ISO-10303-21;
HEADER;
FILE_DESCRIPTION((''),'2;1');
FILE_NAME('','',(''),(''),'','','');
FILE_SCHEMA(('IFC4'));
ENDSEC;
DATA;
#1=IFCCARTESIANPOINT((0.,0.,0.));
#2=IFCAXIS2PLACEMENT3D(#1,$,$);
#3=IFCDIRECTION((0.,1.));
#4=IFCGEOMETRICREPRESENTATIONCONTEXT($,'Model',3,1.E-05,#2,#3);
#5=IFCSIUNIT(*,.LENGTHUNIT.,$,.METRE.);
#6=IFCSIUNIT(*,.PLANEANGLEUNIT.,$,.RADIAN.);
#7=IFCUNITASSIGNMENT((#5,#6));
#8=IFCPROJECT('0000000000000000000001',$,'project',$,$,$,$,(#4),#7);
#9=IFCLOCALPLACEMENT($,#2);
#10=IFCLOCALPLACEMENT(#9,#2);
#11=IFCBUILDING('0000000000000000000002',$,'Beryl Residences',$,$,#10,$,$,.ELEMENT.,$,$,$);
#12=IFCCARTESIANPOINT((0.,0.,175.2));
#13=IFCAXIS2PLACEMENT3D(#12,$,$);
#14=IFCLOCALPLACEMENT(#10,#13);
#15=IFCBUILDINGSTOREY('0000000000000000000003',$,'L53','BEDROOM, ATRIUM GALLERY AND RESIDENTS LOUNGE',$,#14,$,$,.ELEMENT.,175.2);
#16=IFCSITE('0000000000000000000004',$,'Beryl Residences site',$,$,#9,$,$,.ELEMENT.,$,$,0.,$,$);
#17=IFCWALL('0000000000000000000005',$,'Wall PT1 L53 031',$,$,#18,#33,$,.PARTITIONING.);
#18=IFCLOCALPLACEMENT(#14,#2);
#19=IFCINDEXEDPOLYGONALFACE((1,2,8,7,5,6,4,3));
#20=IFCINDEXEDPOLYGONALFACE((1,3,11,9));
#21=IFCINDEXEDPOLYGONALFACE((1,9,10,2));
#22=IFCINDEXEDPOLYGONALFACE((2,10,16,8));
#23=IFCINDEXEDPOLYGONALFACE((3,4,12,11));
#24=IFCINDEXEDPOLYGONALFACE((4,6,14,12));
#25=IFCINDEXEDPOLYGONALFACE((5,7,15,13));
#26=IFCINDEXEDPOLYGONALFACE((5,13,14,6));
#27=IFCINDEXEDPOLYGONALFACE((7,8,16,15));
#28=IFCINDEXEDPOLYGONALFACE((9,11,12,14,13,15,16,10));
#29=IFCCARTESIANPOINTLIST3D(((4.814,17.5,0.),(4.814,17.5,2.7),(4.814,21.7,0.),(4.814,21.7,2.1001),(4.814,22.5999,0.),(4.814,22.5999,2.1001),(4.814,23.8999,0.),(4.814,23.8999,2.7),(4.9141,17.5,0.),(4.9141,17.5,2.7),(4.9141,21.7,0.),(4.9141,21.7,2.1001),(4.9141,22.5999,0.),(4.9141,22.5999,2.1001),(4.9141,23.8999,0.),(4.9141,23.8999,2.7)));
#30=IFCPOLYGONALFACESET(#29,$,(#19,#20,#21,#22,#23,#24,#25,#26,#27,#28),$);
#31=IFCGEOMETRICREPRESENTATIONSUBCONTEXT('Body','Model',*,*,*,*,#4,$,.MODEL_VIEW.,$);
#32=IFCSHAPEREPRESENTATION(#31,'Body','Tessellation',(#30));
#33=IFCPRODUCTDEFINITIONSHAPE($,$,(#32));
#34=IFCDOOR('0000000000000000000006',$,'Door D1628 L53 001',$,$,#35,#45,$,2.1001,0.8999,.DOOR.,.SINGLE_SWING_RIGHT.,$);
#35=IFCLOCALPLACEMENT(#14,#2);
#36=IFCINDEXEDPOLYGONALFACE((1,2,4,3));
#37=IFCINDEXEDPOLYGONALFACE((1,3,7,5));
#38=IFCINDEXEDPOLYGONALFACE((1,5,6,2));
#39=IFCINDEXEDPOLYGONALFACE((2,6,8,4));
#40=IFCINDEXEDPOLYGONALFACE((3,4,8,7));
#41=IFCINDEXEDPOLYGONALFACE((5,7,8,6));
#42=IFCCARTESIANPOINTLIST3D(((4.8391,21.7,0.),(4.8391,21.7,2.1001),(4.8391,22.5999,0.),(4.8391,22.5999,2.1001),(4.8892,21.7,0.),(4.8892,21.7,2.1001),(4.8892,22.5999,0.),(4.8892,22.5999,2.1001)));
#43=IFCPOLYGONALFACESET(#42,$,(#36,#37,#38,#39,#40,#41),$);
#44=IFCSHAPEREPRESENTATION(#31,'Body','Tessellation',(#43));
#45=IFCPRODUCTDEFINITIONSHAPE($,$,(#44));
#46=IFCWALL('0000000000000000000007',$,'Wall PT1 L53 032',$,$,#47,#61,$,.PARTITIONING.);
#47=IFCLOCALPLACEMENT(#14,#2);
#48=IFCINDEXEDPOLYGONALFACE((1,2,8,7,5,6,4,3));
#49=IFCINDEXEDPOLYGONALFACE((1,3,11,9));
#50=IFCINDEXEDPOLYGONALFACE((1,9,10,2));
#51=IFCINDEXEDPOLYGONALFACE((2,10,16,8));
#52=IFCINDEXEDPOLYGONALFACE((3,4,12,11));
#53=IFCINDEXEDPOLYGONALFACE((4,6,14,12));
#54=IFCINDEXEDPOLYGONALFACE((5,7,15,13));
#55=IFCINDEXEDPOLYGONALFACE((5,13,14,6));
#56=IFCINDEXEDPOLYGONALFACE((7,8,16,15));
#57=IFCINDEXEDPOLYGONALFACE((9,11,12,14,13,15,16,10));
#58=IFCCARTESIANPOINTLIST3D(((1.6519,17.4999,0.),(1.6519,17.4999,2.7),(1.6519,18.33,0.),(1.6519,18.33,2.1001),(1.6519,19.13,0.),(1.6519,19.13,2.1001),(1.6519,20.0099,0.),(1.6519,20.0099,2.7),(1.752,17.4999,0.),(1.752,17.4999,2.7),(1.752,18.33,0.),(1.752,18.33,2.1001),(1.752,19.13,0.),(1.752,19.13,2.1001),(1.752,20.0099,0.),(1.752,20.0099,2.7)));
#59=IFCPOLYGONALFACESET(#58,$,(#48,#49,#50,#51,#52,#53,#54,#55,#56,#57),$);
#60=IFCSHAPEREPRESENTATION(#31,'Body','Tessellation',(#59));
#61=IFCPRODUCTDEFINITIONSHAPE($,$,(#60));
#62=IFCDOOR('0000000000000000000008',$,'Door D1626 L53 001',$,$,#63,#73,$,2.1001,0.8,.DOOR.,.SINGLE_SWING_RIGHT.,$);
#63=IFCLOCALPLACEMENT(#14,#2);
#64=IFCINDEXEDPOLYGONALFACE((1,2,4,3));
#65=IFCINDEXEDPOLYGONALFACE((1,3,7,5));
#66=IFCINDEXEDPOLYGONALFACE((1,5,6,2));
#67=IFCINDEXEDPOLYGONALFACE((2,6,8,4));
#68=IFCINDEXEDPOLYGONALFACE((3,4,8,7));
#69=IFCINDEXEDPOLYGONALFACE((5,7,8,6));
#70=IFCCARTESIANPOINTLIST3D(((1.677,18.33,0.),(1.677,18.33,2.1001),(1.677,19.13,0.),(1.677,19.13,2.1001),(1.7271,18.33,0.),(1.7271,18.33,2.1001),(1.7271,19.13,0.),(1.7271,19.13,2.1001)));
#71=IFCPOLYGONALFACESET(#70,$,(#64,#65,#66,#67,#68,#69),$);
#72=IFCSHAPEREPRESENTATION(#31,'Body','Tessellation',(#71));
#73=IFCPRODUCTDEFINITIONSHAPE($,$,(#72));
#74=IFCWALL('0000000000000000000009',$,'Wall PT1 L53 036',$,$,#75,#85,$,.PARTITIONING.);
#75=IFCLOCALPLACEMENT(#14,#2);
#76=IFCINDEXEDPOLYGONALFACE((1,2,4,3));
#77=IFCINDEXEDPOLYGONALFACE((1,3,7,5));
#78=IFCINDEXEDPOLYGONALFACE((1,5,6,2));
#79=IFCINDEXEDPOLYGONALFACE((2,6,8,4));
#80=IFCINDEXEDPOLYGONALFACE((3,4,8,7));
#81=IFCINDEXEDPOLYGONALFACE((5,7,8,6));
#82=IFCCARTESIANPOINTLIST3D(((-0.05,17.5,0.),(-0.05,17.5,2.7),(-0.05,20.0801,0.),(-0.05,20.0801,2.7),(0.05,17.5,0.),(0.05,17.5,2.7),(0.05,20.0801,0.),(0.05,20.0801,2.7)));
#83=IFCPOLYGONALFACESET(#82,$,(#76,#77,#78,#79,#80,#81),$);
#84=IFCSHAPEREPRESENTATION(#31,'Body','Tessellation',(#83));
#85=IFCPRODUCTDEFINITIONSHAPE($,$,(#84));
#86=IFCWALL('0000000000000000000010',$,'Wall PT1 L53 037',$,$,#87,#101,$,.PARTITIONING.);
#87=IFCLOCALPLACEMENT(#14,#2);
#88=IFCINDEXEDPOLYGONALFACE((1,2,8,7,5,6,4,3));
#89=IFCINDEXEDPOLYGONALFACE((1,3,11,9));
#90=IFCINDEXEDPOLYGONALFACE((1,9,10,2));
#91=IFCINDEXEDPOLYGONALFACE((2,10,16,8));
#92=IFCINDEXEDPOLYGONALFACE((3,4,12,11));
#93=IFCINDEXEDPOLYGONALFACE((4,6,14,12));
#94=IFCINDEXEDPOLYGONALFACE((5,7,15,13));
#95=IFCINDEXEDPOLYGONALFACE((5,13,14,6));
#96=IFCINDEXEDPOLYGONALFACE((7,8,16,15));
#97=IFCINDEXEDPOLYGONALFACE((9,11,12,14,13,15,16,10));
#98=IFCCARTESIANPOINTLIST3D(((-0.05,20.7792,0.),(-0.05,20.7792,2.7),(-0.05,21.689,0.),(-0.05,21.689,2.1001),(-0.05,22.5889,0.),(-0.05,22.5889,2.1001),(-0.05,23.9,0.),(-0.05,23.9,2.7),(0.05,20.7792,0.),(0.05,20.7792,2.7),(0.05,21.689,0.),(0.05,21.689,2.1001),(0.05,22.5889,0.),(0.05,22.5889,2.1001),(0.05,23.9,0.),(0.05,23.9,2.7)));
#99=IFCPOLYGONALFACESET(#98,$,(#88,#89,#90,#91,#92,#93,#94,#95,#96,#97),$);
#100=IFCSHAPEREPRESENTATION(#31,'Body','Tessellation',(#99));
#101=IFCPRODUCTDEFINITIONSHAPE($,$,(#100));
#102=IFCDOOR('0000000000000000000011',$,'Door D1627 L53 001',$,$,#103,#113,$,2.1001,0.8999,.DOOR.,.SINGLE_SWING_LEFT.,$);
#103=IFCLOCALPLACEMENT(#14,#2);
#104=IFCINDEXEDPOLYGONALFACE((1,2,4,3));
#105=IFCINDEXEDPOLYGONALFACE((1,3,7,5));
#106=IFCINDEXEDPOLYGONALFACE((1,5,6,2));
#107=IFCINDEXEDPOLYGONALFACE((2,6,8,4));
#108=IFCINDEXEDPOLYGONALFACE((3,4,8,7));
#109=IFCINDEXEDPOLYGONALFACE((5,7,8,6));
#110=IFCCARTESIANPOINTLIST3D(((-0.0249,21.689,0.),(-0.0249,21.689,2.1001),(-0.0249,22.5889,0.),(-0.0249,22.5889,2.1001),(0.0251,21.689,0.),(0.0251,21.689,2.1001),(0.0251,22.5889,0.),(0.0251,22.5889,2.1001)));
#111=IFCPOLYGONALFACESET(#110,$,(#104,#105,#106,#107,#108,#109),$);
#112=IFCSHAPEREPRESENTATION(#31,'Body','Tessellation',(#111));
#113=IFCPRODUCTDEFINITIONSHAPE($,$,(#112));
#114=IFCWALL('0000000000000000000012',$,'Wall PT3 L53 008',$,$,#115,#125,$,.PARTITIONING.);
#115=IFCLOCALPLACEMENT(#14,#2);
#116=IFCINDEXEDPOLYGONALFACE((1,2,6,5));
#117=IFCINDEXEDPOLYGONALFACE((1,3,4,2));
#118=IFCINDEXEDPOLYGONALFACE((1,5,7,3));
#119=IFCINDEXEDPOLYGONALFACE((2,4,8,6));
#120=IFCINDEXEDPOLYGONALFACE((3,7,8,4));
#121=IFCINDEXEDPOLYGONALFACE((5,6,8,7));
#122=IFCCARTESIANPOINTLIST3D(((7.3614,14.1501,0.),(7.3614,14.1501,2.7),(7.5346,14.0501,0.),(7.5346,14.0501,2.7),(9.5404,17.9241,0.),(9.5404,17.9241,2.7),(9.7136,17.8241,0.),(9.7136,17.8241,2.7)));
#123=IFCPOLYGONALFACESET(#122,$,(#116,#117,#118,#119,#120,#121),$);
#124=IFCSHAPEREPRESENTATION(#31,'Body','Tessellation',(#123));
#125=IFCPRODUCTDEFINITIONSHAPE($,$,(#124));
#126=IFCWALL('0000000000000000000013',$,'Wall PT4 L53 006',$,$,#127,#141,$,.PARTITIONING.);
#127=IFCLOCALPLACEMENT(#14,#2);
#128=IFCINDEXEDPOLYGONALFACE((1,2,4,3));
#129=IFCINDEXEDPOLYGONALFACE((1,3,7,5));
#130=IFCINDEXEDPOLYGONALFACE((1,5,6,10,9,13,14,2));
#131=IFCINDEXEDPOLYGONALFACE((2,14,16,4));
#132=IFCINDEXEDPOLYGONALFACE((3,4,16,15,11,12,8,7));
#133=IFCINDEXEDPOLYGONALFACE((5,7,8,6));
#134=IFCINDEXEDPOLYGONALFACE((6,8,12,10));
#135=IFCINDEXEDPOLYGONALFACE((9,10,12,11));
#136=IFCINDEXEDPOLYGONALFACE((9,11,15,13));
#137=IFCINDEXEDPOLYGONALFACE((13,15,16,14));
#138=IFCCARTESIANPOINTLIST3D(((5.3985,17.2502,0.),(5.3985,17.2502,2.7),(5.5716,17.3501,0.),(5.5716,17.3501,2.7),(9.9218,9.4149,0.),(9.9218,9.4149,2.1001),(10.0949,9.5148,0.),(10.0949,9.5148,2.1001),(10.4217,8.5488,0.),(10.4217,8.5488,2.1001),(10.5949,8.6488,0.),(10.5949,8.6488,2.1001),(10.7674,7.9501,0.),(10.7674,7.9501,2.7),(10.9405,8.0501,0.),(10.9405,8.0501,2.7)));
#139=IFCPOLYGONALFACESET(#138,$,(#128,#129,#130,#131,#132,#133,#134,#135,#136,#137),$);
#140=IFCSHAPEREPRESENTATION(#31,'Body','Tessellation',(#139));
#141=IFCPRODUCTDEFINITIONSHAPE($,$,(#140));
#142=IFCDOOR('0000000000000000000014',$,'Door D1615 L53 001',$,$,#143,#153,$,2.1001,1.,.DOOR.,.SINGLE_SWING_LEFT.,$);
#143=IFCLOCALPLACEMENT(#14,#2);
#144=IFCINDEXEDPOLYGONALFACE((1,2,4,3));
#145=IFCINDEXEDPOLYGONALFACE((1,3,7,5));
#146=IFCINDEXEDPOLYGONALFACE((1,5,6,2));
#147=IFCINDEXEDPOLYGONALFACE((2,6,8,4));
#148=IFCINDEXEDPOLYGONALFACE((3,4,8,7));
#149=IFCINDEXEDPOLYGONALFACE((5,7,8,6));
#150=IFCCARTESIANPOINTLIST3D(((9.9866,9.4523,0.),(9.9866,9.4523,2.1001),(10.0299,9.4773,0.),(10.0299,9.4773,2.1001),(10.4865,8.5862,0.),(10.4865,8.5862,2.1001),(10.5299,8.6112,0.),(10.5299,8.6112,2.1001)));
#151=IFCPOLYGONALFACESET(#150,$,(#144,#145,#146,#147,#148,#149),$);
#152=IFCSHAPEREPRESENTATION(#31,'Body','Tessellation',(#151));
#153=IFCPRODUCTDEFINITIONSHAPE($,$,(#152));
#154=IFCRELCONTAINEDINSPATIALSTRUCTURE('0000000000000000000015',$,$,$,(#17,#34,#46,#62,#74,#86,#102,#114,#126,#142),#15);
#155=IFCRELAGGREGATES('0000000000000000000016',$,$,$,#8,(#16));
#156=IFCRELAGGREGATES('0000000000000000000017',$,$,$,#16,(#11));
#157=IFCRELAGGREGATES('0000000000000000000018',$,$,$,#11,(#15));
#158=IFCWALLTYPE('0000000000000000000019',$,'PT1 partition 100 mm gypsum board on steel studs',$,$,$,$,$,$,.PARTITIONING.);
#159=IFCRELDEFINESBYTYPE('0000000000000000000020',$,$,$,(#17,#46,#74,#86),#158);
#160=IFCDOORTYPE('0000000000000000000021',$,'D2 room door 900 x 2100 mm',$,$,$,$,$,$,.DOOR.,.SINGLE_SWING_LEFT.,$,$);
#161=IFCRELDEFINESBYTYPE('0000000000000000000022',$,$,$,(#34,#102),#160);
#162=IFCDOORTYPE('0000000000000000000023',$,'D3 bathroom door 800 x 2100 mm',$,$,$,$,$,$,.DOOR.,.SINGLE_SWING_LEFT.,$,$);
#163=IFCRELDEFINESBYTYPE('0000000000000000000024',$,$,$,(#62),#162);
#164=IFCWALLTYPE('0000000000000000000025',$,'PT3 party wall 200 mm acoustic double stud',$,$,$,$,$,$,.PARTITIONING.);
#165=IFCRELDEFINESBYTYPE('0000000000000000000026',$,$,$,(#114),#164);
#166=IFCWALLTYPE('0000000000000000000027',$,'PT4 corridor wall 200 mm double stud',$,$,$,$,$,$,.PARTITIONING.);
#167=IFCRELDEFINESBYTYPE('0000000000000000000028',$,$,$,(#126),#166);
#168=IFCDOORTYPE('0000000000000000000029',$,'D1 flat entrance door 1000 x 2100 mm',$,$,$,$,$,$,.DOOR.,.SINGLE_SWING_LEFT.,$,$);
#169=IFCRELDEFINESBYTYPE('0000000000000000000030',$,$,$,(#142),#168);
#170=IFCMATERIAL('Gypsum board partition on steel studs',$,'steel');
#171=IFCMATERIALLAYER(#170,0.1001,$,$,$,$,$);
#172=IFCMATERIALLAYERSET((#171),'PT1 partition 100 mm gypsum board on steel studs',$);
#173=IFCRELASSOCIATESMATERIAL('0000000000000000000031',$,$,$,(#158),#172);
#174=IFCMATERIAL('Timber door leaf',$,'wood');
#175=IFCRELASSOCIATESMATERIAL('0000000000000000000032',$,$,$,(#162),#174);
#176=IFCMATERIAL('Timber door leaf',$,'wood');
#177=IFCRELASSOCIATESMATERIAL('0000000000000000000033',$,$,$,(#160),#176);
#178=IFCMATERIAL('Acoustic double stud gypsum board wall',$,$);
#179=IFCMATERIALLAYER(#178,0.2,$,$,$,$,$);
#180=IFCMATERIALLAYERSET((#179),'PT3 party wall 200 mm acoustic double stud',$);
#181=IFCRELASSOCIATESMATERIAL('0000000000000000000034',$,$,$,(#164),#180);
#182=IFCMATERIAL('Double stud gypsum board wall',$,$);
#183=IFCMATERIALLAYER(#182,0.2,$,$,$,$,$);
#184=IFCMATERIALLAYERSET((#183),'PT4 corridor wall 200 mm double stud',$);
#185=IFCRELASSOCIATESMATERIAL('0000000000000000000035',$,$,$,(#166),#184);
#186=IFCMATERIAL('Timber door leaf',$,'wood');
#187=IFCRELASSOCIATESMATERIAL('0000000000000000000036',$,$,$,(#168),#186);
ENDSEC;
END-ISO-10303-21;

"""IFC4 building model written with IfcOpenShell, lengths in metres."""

from ifc_helpers import new_model, si_unit, direction, frame, frame_2d, origin, place, context, subcontext, project, spatial, rectangle, extrude, material, layer, layer_set, type_object, element, fill, save


model = new_model("IFC4")

# Units and contexts
model_context = context("Model", 3, precision=1e-05, world=origin(), true_north=direction((0.0, 1.0)))
body_context = subcontext(model_context, "Body", "Model", "MODEL_VIEW")
ifc_project = project(units=[si_unit("LENGTHUNIT", "METRE"), si_unit("PLANEANGLEUNIT", "RADIAN")], contexts=[model_context])

# Site, building, storey
site_placement = place(None, origin())
site = spatial("IfcSite", under=ifc_project, at=site_placement, Name="Beryl Residences site", CompositionType="ELEMENT", RefElevation=0.0)
building_placement = place(site_placement, origin())
building = spatial("IfcBuilding", under=site, at=building_placement, Name="Beryl Residences", CompositionType="ELEMENT")
storey_placement = place(building_placement, frame((0.0, 0.0, 175.2)))
storey = spatial("IfcBuildingStorey", under=building, at=storey_placement, Name="L53", Description="BEDROOM, ATRIUM GALLERY AND RESIDENTS LOUNGE", CompositionType="ELEMENT", Elevation=175.2)

# Shared definitions
ifc_material_1 = material(Name="Gypsum board partition on steel studs", Category="steel")
ifc_layer_1 = layer(ifc_material_1, 0.1001)
ifc_layer_set_1 = layer_set([ifc_layer_1], Name="PT1 partition 100 mm gypsum board on steel studs")
wall_type_1 = type_object("IfcWallType", Name="PT1 partition 100 mm gypsum board on steel studs", PredefinedType="PARTITIONING", material=ifc_layer_set_1)
ifc_material_2 = material(Name="Timber door leaf", Category="wood")
door_type_1 = type_object("IfcDoorType", Name="D3 bathroom door 800 x 2100 mm", OperationType="SINGLE_SWING_LEFT", PredefinedType="DOOR", material=ifc_material_2)

# Shared definitions
ifc_material_3 = material(Name="Timber door leaf", Category="wood")
door_type_2 = type_object("IfcDoorType", Name="D2 room door 900 x 2100 mm", OperationType="SINGLE_SWING_LEFT", PredefinedType="DOOR", material=ifc_material_3)

# Walls, openings, doors
wall_1_placement = place(storey_placement, frame((4.864, 17.5, 0.0), z_axis=(0.0, 0.0, 1.0), x_axis=(0.0, 1.0, 0.0)))
wall_1 = element("IfcWall", 1, at=wall_1_placement, inside=storey, type_object=wall_type_1, Name="Wall PT1 L53 031", PredefinedType="PARTITIONING", context=body_context, shape_type="SweptSolid", body=[
    extrude(rectangle(XDim=6.3999, YDim=0.1001, at=frame_2d((3.2, 0.0))), origin(), (0.0, 0.0, 1.0), 2.7),
])
opening_1_placement = place(wall_1_placement, frame((4.2, 0.0, 0.0)))
opening_1 = element("IfcOpeningElement", 2, at=opening_1_placement, cuts=wall_1, PredefinedType="OPENING", context=body_context, shape_type="SweptSolid", body=[
    extrude(rectangle(XDim=0.8999, YDim=2.1001, at=frame_2d((0.45, 1.05))), frame((0.0, 0.0601, 0.0), z_axis=(0.0, -1.0, 0.0), x_axis=(1.0, 0.0, 0.0)), (0.0, 0.0, 1.0), 0.1201),
])
door_1_placement = place(opening_1_placement, origin())
door_1 = element("IfcDoor", 3, at=door_1_placement, inside=storey, type_object=door_type_2, Name="Door D1628 L53 001", OperationType="SINGLE_SWING_RIGHT", OverallHeight=2.1001, OverallWidth=0.8999, PredefinedType="DOOR", context=body_context, shape_type="SweptSolid", body=[
    extrude(rectangle(XDim=0.8999, YDim=2.1001, at=frame_2d((0.45, 1.05))), frame((0.0, 0.0249, 0.0), z_axis=(0.0, -1.0, 0.0), x_axis=(1.0, 0.0, 0.0)), (0.0, 0.0, 1.0), 0.05),
])
fill(opening_1, door_1)
wall_2_placement = place(storey_placement, frame((1.7019, 17.5, 0.0), z_axis=(0.0, 0.0, 1.0), x_axis=(0.0, 1.0, 0.0)))
wall_2 = element("IfcWall", 4, at=wall_2_placement, inside=storey, type_object=wall_type_1, Name="Wall PT1 L53 032", PredefinedType="PARTITIONING", context=body_context, shape_type="SweptSolid", body=[
    extrude(rectangle(XDim=2.51, YDim=0.1001, at=frame_2d((1.2549, 0.0))), origin(), (0.0, 0.0, 1.0), 2.7),
])
opening_2_placement = place(wall_2_placement, frame((0.8301, 0.0, 0.0)))
opening_2 = element("IfcOpeningElement", 5, at=opening_2_placement, cuts=wall_2, PredefinedType="OPENING", context=body_context, shape_type="SweptSolid", body=[
    extrude(rectangle(XDim=0.8, YDim=2.1001, at=frame_2d((0.3999, 1.05))), frame((0.0, 0.0601, 0.0), z_axis=(0.0, -1.0, 0.0), x_axis=(1.0, 0.0, 0.0)), (0.0, 0.0, 1.0), 0.1201),
])
door_2_placement = place(opening_2_placement, origin())
door_2 = element("IfcDoor", 6, at=door_2_placement, inside=storey, type_object=door_type_1, Name="Door D1626 L53 001", OperationType="SINGLE_SWING_RIGHT", OverallHeight=2.1001, OverallWidth=0.8, PredefinedType="DOOR", context=body_context, shape_type="SweptSolid", body=[
    extrude(rectangle(XDim=0.8, YDim=2.1001, at=frame_2d((0.3999, 1.05))), frame((0.0, 0.0249, 0.0), z_axis=(0.0, -1.0, 0.0), x_axis=(1.0, 0.0, 0.0)), (0.0, 0.0, 1.0), 0.05),
])
fill(opening_2, door_2)

# Wall
wall_3_placement = place(storey_placement, frame((0.0, 17.5, 0.0), z_axis=(0.0, 0.0, 1.0), x_axis=(0.0, 1.0, 0.0)))
element("IfcWall", 7, at=wall_3_placement, inside=storey, type_object=wall_type_1, Name="Wall PT1 L53 036", PredefinedType="PARTITIONING", context=body_context, shape_type="SweptSolid", body=[
    extrude(rectangle(XDim=2.5801, YDim=0.1001, at=frame_2d((1.29, 0.0))), origin(), (0.0, 0.0, 1.0), 2.7),
])

# Wall, opening, door
wall_4_placement = place(storey_placement, frame((0.0, 20.7791, 0.0), z_axis=(0.0, 0.0, 1.0), x_axis=(0.0, 1.0, 0.0)))
wall_4 = element("IfcWall", 8, at=wall_4_placement, inside=storey, type_object=wall_type_1, Name="Wall PT1 L53 037", PredefinedType="PARTITIONING", context=body_context, shape_type="SweptSolid", body=[
    extrude(rectangle(XDim=3.1208, YDim=0.1001, at=frame_2d((1.5605, 0.0))), origin(), (0.0, 0.0, 1.0), 2.7),
])
opening_3_placement = place(wall_4_placement, frame((0.9099, 0.0, 0.0)))
opening_3 = element("IfcOpeningElement", 9, at=opening_3_placement, cuts=wall_4, PredefinedType="OPENING", context=body_context, shape_type="SweptSolid", body=[
    extrude(rectangle(XDim=0.8999, YDim=2.1001, at=frame_2d((0.45, 1.05))), frame((0.0, 0.0601, 0.0), z_axis=(0.0, -1.0, 0.0), x_axis=(1.0, 0.0, 0.0)), (0.0, 0.0, 1.0), 0.1201),
])
door_3_placement = place(opening_3_placement, origin())
door_3 = element("IfcDoor", 10, at=door_3_placement, inside=storey, type_object=door_type_2, Name="Door D1627 L53 001", OperationType="SINGLE_SWING_LEFT", OverallHeight=2.1001, OverallWidth=0.8999, PredefinedType="DOOR", context=body_context, shape_type="SweptSolid", body=[
    extrude(rectangle(XDim=0.8999, YDim=2.1001, at=frame_2d((0.45, 1.05))), frame((0.0, 0.0249, 0.0), z_axis=(0.0, -1.0, 0.0), x_axis=(1.0, 0.0, 0.0)), (0.0, 0.0, 1.0), 0.05),
])
fill(opening_3, door_3)

# Wall
ifc_material_4 = material(Name="Acoustic double stud gypsum board wall")
ifc_layer_2 = layer(ifc_material_4, 0.2)
ifc_layer_set_2 = layer_set([ifc_layer_2], Name="PT3 party wall 200 mm acoustic double stud")
wall_type_2 = type_object("IfcWallType", Name="PT3 party wall 200 mm acoustic double stud", PredefinedType="PARTITIONING", material=ifc_layer_set_2)
wall_5_placement = place(storey_placement, frame((7.448, 14.1001, 0.0), z_axis=(0.0, 0.0, 1.0), x_axis=(0.500013, 0.866018, 0.0)))
element("IfcWall", 11, at=wall_5_placement, inside=storey, type_object=wall_type_2, Name="Wall PT3 L53 008", PredefinedType="PARTITIONING", context=body_context, shape_type="SweptSolid", body=[
    extrude(rectangle(XDim=4.3579, YDim=0.2, at=frame_2d((2.179, 0.0))), origin(), (0.0, 0.0, 1.0), 2.7),
])

# Wall, opening, door
ifc_material_5 = material(Name="Double stud gypsum board wall")
ifc_layer_3 = layer(ifc_material_5, 0.2)
ifc_layer_set_3 = layer_set([ifc_layer_3], Name="PT4 corridor wall 200 mm double stud")
wall_type_3 = type_object("IfcWallType", Name="PT4 corridor wall 200 mm double stud", PredefinedType="PARTITIONING", material=ifc_layer_set_3)
wall_6_placement = place(storey_placement, frame((5.4851, 17.3, 0.0), z_axis=(0.0, 0.0, 1.0), x_axis=(0.499966, -0.866045, 0.0)))
wall_6 = element("IfcWall", 12, at=wall_6_placement, inside=storey, type_object=wall_type_3, Name="Wall PT4 L53 006", PredefinedType="PARTITIONING", context=body_context, shape_type="SweptSolid", body=[
    extrude(rectangle(XDim=10.7385, YDim=0.2, at=frame_2d((5.3691, 0.0))), origin(), (0.0, 0.0, 1.0), 2.7),
])
opening_4_placement = place(wall_6_placement, frame((9.0471, 0.0, 0.0)))
opening_4 = element("IfcOpeningElement", 13, at=opening_4_placement, cuts=wall_6, PredefinedType="OPENING", context=body_context, shape_type="SweptSolid", body=[
    extrude(rectangle(XDim=1.0, YDim=2.1001, at=frame_2d((0.5, 1.05))), frame((0.0, 0.1099, 0.0), z_axis=(0.0, -1.0, 0.0), x_axis=(1.0, 0.0, 0.0)), (0.0, 0.0, 1.0), 0.22),
])
ifc_material_6 = material(Name="Timber door leaf", Category="wood")
door_type_3 = type_object("IfcDoorType", Name="D1 flat entrance door 1000 x 2100 mm", OperationType="SINGLE_SWING_LEFT", PredefinedType="DOOR", material=ifc_material_6)
door_4_placement = place(opening_4_placement, origin())
door_4 = element("IfcDoor", 14, at=door_4_placement, inside=storey, type_object=door_type_3, Name="Door D1615 L53 001", OperationType="SINGLE_SWING_LEFT", OverallHeight=2.1001, OverallWidth=1.0, PredefinedType="DOOR", context=body_context, shape_type="SweptSolid", body=[
    extrude(rectangle(XDim=1.0, YDim=2.1001, at=frame_2d((0.5, 1.05))), frame((0.0, 0.0249, 0.0), z_axis=(0.0, -1.0, 0.0), x_axis=(1.0, 0.0, 0.0)), (0.0, 0.0, 1.0), 0.05),
])
fill(opening_4, door_4)

save(model, "model.ifc")
